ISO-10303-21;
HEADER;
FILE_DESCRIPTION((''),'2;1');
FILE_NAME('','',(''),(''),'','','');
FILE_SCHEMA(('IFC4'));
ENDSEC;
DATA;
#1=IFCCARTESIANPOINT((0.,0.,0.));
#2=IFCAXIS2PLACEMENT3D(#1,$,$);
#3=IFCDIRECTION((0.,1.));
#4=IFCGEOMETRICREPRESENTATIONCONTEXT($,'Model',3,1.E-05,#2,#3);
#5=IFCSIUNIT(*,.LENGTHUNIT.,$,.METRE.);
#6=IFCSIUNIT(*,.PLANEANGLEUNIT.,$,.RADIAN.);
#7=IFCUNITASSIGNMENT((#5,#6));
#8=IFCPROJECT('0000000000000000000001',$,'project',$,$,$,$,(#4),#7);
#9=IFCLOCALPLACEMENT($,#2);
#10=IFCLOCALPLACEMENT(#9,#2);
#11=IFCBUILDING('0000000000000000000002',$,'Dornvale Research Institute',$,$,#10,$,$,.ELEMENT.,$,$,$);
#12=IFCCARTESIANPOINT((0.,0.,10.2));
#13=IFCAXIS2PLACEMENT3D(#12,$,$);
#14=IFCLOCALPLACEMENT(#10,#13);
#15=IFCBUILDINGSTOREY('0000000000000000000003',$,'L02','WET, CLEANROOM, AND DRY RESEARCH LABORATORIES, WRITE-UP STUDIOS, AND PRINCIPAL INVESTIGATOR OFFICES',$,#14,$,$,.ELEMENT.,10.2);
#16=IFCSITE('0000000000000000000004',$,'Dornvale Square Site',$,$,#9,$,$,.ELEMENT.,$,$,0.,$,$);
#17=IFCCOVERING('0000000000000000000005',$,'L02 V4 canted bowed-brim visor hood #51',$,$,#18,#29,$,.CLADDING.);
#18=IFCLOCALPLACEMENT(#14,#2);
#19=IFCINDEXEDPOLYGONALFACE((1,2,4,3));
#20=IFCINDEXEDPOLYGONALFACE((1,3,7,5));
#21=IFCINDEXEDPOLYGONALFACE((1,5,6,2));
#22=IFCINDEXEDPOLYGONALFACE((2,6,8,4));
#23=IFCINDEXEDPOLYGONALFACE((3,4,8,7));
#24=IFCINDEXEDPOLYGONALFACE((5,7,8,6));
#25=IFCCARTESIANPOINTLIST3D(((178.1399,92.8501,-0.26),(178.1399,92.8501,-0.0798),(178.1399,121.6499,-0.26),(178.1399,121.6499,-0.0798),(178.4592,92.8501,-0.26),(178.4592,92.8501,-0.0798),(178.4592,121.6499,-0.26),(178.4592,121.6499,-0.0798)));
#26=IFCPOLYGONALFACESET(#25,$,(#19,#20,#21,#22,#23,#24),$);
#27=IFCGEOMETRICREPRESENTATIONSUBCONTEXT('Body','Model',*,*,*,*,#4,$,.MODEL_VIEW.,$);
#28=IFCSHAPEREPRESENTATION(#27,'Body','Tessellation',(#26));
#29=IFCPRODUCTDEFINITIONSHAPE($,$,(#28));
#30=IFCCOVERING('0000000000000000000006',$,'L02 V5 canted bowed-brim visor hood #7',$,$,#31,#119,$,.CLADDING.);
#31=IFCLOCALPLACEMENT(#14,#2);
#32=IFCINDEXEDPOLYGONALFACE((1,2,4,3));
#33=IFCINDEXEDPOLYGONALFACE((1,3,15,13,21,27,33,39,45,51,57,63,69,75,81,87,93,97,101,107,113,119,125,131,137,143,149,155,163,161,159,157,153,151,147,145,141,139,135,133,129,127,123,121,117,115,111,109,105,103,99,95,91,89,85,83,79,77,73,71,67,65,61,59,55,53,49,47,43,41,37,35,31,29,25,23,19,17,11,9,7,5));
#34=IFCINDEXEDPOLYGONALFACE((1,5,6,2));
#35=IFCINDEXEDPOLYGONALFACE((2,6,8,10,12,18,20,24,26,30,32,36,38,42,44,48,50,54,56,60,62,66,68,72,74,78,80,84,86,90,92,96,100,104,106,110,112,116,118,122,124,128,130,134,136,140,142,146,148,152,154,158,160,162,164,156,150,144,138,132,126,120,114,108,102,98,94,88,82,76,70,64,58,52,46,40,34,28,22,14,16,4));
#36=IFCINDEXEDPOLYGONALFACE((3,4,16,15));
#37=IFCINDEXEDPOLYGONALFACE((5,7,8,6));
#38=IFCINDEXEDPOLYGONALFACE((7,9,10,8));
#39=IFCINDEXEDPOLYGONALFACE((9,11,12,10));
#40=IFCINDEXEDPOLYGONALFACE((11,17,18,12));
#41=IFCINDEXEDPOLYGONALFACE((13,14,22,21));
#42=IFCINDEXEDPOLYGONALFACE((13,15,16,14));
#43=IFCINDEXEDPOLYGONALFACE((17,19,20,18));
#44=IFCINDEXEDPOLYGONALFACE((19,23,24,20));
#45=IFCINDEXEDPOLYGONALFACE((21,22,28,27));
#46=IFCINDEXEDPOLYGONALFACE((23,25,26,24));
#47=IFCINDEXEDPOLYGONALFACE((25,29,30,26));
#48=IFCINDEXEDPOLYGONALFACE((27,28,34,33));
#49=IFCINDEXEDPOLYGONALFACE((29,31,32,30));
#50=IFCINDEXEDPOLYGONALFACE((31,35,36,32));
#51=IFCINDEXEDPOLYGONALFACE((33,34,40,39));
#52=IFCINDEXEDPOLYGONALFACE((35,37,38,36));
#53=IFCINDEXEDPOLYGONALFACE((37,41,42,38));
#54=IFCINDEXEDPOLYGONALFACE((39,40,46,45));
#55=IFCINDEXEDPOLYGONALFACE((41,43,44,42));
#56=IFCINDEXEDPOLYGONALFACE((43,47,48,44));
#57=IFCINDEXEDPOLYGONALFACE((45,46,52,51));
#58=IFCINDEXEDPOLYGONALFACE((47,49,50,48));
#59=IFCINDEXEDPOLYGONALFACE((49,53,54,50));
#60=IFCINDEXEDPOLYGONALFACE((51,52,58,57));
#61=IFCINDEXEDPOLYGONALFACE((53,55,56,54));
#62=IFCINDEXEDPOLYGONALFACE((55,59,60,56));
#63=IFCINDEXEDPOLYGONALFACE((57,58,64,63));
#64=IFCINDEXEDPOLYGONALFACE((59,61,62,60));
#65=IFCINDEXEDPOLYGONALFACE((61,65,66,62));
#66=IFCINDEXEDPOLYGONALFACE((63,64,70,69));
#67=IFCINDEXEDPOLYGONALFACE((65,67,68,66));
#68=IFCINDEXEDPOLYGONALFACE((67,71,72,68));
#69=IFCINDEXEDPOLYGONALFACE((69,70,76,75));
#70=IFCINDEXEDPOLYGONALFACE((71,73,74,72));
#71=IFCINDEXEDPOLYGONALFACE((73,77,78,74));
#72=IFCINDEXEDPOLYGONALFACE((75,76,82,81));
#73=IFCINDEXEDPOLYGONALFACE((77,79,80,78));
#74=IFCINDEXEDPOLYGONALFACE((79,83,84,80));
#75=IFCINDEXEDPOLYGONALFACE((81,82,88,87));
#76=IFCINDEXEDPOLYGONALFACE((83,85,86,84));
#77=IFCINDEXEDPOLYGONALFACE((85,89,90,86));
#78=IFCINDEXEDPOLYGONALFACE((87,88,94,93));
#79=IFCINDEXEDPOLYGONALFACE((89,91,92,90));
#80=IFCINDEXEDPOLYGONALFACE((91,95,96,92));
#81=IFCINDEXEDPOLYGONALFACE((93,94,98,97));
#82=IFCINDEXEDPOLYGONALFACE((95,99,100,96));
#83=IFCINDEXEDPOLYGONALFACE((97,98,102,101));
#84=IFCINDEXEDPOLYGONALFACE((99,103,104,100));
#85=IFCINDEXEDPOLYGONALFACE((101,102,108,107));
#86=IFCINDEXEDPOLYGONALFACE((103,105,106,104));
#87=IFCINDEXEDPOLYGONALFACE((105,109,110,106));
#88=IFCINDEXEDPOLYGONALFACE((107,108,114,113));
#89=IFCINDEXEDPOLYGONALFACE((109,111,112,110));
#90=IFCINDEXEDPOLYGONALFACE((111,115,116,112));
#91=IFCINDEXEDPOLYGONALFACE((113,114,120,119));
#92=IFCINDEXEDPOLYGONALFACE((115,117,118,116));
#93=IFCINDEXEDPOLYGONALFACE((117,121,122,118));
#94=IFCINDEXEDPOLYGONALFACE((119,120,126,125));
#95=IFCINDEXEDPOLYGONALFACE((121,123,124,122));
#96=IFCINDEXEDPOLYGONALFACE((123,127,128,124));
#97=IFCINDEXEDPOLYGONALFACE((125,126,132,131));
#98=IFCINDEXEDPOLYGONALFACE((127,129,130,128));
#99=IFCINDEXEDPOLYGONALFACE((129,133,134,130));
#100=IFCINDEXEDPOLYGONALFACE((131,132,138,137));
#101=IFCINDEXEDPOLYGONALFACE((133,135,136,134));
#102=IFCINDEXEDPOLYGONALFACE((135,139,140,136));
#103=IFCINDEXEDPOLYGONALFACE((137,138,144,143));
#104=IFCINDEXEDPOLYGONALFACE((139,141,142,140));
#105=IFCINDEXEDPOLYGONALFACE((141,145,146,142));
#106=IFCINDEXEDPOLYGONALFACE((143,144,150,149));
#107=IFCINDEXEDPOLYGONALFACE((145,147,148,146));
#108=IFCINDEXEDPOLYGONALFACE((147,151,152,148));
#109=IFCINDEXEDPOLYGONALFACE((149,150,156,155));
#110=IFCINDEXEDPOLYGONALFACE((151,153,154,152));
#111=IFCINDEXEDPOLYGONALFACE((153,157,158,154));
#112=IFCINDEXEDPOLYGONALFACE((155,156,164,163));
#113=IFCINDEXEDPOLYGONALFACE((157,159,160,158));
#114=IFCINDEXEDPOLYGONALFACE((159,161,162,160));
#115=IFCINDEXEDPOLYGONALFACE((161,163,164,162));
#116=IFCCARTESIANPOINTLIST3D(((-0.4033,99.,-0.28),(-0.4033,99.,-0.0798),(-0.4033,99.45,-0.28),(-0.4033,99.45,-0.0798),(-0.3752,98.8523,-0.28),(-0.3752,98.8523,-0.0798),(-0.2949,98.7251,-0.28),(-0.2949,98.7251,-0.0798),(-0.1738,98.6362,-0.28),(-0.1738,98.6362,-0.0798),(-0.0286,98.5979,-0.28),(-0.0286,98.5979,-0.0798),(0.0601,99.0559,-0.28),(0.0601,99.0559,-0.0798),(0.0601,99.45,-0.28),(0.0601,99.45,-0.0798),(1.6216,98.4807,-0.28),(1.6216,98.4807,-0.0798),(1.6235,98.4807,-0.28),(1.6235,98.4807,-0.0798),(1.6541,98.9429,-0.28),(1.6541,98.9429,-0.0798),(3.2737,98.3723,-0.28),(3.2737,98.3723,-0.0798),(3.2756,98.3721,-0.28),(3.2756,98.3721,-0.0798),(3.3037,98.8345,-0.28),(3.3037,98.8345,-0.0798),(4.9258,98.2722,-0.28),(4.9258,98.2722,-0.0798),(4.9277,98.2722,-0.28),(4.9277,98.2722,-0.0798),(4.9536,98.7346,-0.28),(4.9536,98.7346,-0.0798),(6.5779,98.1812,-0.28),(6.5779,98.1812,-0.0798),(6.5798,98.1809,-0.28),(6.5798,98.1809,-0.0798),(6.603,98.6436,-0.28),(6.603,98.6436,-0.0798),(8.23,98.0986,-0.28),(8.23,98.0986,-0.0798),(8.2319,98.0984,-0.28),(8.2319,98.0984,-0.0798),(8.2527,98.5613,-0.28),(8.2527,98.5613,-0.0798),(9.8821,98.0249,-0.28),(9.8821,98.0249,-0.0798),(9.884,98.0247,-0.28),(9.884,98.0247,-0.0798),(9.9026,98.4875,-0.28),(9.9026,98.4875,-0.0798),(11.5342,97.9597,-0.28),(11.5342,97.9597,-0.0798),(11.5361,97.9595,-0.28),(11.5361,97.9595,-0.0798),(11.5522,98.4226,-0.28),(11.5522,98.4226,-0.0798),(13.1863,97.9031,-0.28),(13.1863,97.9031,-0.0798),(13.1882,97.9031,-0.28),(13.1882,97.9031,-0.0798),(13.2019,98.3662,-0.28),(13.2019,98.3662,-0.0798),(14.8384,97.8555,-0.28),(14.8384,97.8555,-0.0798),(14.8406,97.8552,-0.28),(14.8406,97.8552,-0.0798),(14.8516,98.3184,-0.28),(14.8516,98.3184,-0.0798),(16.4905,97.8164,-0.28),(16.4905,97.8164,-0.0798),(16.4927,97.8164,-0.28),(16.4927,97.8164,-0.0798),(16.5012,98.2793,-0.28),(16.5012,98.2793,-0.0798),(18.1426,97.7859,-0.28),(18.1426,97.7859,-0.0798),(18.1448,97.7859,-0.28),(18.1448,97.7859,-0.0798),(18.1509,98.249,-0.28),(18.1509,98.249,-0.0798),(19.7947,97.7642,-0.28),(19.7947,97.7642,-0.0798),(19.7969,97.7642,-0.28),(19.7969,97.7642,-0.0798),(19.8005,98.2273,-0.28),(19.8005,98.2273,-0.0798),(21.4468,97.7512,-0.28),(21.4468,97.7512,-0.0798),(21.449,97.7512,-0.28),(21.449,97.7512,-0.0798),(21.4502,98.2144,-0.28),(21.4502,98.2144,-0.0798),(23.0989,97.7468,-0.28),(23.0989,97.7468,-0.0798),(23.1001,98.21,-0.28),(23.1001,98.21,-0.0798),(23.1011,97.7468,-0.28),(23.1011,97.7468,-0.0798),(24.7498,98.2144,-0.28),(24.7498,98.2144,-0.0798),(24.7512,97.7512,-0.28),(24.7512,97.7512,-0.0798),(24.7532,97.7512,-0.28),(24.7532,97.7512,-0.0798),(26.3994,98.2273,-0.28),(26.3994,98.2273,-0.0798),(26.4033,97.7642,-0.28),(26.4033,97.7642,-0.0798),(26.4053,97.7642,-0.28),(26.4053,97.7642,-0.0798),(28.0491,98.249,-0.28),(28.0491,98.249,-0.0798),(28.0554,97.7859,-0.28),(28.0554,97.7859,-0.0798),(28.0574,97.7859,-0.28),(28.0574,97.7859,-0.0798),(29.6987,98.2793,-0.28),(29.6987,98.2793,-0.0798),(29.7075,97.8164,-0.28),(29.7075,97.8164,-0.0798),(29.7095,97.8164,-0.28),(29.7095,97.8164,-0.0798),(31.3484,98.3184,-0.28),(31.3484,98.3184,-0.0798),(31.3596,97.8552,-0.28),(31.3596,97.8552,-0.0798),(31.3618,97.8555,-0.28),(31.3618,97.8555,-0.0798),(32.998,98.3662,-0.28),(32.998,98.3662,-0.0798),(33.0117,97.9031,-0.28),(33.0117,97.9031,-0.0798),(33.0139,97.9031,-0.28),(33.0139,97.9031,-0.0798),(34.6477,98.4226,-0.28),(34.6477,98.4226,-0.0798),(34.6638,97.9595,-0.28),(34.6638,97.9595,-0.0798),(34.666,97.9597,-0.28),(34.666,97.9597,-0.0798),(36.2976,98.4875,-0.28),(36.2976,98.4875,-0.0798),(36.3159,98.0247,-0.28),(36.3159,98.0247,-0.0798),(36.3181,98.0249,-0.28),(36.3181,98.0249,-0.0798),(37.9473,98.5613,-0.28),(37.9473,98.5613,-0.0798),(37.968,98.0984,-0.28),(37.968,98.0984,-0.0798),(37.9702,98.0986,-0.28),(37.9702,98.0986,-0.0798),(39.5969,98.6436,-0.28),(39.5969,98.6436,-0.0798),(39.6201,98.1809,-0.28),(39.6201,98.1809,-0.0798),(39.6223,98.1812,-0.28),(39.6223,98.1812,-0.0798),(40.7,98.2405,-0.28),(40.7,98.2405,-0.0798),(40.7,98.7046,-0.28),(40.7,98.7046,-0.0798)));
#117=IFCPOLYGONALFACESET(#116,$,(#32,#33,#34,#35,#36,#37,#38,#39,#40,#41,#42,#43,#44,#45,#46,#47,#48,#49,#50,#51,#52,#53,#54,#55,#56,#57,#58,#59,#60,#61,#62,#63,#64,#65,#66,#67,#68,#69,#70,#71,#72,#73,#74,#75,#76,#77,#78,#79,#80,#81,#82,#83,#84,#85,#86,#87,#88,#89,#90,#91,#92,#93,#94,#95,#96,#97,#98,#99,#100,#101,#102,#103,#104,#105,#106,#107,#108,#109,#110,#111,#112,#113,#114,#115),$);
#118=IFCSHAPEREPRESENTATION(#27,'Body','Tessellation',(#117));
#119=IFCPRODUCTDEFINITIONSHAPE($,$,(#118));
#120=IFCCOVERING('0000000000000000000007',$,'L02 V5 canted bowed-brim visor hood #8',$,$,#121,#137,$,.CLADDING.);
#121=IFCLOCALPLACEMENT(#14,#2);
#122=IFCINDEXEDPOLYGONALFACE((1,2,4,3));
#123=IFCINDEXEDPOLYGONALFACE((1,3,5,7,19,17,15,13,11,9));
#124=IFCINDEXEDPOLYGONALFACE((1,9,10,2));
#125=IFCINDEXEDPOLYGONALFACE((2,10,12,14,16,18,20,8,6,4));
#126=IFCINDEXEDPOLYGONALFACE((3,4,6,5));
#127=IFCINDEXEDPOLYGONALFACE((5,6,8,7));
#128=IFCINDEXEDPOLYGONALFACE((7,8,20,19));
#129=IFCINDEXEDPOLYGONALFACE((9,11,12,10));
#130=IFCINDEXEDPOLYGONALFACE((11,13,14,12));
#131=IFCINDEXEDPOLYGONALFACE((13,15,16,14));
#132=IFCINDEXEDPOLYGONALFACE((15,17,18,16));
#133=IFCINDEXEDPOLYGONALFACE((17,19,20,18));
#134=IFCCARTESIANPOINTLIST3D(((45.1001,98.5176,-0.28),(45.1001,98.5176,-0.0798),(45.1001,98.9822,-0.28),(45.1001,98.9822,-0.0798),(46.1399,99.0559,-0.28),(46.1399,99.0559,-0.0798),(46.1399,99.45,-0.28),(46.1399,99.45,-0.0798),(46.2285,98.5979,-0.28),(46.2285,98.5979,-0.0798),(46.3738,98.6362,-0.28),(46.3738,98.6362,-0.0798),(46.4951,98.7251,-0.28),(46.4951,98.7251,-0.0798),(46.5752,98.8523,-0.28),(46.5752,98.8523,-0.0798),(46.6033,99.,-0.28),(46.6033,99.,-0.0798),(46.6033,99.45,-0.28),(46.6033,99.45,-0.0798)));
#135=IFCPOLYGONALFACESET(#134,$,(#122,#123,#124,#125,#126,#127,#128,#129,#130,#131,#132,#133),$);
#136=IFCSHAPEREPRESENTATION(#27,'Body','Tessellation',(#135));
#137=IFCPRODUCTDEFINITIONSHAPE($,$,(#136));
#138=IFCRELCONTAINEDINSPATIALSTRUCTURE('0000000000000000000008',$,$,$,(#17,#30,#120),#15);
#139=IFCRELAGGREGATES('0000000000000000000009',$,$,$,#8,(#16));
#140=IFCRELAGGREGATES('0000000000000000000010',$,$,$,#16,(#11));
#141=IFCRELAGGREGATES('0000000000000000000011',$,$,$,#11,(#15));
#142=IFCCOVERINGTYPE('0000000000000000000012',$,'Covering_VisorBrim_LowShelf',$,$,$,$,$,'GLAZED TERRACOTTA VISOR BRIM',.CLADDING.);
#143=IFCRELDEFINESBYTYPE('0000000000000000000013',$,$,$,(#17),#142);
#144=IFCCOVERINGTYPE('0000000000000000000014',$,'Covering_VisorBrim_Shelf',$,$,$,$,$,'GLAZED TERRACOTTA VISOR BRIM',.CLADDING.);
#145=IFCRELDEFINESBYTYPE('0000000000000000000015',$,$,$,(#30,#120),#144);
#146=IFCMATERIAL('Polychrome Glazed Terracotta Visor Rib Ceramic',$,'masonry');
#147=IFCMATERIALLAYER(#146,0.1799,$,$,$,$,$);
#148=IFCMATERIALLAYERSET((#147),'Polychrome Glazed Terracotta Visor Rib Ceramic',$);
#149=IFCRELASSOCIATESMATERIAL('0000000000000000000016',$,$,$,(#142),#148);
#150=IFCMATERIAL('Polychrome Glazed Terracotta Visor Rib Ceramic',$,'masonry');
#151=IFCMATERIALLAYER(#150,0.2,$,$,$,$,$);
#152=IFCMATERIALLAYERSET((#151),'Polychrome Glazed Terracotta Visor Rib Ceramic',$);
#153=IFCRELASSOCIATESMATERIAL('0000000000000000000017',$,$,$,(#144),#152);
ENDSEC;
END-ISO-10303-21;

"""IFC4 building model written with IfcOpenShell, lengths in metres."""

from ifc_helpers import new_model, si_unit, direction, frame, origin, place, context, subcontext, project, spatial, polyline, outline, extrude, material, layer, layer_set, type_object, element, save


model = new_model("IFC4")

# Units and contexts
model_context = context("Model", 3, precision=1e-05, world=origin(), true_north=direction((0.0, 1.0)))
body_context = subcontext(model_context, "Body", "Model", "MODEL_VIEW")
ifc_project = project(units=[si_unit("LENGTHUNIT", "METRE"), si_unit("PLANEANGLEUNIT", "RADIAN")], contexts=[model_context])

# Site, building, storey
site_placement = place(None, origin())
site = spatial("IfcSite", under=ifc_project, at=site_placement, Name="Dornvale Square Site", CompositionType="ELEMENT", RefElevation=0.0)
building_placement = place(site_placement, origin())
building = spatial("IfcBuilding", under=site, at=building_placement, Name="Dornvale Research Institute", CompositionType="ELEMENT")
storey_placement = place(building_placement, frame((0.0, 0.0, 10.2)))
storey = spatial("IfcBuildingStorey", under=building, at=storey_placement, Name="L02", Description="WET, CLEANROOM, AND DRY RESEARCH LABORATORIES, WRITE-UP STUDIOS, AND PRINCIPAL INVESTIGATOR OFFICES", CompositionType="ELEMENT", Elevation=10.2)

# Coverings
ifc_material_1 = material(Name="Polychrome Glazed Terracotta Visor Rib Ceramic", Category="masonry")
ifc_layer_1 = layer(ifc_material_1, 0.1799)
ifc_layer_set_1 = layer_set([ifc_layer_1], Name="Polychrome Glazed Terracotta Visor Rib Ceramic")
covering_type_1 = type_object("IfcCoveringType", Name="Covering_VisorBrim_LowShelf", ElementType="GLAZED TERRACOTTA VISOR BRIM", PredefinedType="CLADDING", material=ifc_layer_set_1)
covering_1_placement = place(storey_placement, frame((0.0, 0.0, -0.26)))
element("IfcCovering", 1, at=covering_1_placement, inside=storey, type_object=covering_type_1, Name="L02 V4 canted bowed-brim visor hood #51", PredefinedType="CLADDING", context=body_context, shape_type="SweptSolid", body=[
    extrude(outline(polyline([(178.4592, 92.8501), (178.1399, 92.8501), (178.1399, 121.6499), (178.4592, 121.6499), (178.4592, 92.8501)])), origin(), (0.0, 0.0, 1.0), 0.1802),
])
ifc_material_2 = material(Name="Polychrome Glazed Terracotta Visor Rib Ceramic", Category="masonry")
ifc_layer_2 = layer(ifc_material_2, 0.2)
ifc_layer_set_2 = layer_set([ifc_layer_2], Name="Polychrome Glazed Terracotta Visor Rib Ceramic")
covering_type_2 = type_object("IfcCoveringType", Name="Covering_VisorBrim_Shelf", ElementType="GLAZED TERRACOTTA VISOR BRIM", PredefinedType="CLADDING", material=ifc_layer_set_2)
covering_2_placement = place(storey_placement, frame((0.0, 0.0, -0.28)))
element("IfcCovering", 2, at=covering_2_placement, inside=storey, type_object=covering_type_2, Name="L02 V5 canted bowed-brim visor hood #7", PredefinedType="CLADDING", context=body_context, shape_type="SweptSolid", body=[
    extrude(outline(polyline([(0.0601, 99.0559), (1.6541, 98.9429), (3.3037, 98.8345), (4.9536, 98.7346), (6.603, 98.6436), (8.2527, 98.5613), (9.9026, 98.4875), (11.5522, 98.4226), (13.2019, 98.3662), (14.8516, 98.3184), (16.5012, 98.2793), (18.1509, 98.249), (19.8005, 98.2273), (21.4502, 98.2144), (23.1001, 98.21), (24.7498, 98.2144), (26.3994, 98.2273), (28.0491, 98.249), (29.6987, 98.2793), (31.3484, 98.3184), (32.998, 98.3662), (34.6477, 98.4226), (36.2976, 98.4875), (37.9473, 98.5613), (39.5969, 98.6436), (40.7, 98.7046), (40.7, 98.2405), (39.6223, 98.1812), (39.6201, 98.1809), (37.9702, 98.0986), (37.968, 98.0984), (36.3181, 98.0249), (36.3159, 98.0247), (34.666, 97.9597), (34.6638, 97.9595), (33.0139, 97.9031), (33.0117, 97.9031), (31.3618, 97.8555), (31.3596, 97.8552), (29.7095, 97.8164), (29.7075, 97.8164), (28.0574, 97.7859), (28.0554, 97.7859), (26.4053, 97.7642), (26.4033, 97.7642), (24.7532, 97.7512), (24.7512, 97.7512), (23.1011, 97.7468), (23.0989, 97.7468), (21.449, 97.7512), (21.4468, 97.7512), (19.7969, 97.7642), (19.7947, 97.7642), (18.1448, 97.7859), (18.1426, 97.7859), (16.4927, 97.8164), (16.4905, 97.8164), (14.8406, 97.8552), (14.8384, 97.8555), (13.1882, 97.9031), (13.1863, 97.9031), (11.5361, 97.9595), (11.5342, 97.9597), (9.884, 98.0247), (9.8821, 98.0249), (8.2319, 98.0984), (8.23, 98.0986), (6.5798, 98.1809), (6.5779, 98.1812), (4.9277, 98.2722), (4.9258, 98.2722), (3.2756, 98.3721), (3.2737, 98.3723), (1.6235, 98.4807), (1.6216, 98.4807), (-0.0286, 98.5979), (-0.1738, 98.6362), (-0.2949, 98.7251), (-0.3752, 98.8523), (-0.4033, 99.0), (-0.4033, 99.45), (0.0601, 99.45), (0.0601, 99.0559)])), origin(), (0.0, 0.0, 1.0), 0.2002),
])
covering_3_placement = place(storey_placement, frame((0.0, 0.0, -0.28)))
element("IfcCovering", 3, at=covering_3_placement, inside=storey, type_object=covering_type_2, Name="L02 V5 canted bowed-brim visor hood #8", PredefinedType="CLADDING", context=body_context, shape_type="SweptSolid", body=[
    extrude(outline(polyline([(46.3738, 98.6362), (46.2285, 98.5979), (45.1001, 98.5176), (45.1001, 98.9822), (46.1399, 99.0559), (46.1399, 99.45), (46.6033, 99.45), (46.6033, 99.0), (46.5752, 98.8523), (46.4951, 98.7251), (46.3738, 98.6362)])), origin(), (0.0, 0.0, 1.0), 0.2002),
])

save(model, "model.ifc")
